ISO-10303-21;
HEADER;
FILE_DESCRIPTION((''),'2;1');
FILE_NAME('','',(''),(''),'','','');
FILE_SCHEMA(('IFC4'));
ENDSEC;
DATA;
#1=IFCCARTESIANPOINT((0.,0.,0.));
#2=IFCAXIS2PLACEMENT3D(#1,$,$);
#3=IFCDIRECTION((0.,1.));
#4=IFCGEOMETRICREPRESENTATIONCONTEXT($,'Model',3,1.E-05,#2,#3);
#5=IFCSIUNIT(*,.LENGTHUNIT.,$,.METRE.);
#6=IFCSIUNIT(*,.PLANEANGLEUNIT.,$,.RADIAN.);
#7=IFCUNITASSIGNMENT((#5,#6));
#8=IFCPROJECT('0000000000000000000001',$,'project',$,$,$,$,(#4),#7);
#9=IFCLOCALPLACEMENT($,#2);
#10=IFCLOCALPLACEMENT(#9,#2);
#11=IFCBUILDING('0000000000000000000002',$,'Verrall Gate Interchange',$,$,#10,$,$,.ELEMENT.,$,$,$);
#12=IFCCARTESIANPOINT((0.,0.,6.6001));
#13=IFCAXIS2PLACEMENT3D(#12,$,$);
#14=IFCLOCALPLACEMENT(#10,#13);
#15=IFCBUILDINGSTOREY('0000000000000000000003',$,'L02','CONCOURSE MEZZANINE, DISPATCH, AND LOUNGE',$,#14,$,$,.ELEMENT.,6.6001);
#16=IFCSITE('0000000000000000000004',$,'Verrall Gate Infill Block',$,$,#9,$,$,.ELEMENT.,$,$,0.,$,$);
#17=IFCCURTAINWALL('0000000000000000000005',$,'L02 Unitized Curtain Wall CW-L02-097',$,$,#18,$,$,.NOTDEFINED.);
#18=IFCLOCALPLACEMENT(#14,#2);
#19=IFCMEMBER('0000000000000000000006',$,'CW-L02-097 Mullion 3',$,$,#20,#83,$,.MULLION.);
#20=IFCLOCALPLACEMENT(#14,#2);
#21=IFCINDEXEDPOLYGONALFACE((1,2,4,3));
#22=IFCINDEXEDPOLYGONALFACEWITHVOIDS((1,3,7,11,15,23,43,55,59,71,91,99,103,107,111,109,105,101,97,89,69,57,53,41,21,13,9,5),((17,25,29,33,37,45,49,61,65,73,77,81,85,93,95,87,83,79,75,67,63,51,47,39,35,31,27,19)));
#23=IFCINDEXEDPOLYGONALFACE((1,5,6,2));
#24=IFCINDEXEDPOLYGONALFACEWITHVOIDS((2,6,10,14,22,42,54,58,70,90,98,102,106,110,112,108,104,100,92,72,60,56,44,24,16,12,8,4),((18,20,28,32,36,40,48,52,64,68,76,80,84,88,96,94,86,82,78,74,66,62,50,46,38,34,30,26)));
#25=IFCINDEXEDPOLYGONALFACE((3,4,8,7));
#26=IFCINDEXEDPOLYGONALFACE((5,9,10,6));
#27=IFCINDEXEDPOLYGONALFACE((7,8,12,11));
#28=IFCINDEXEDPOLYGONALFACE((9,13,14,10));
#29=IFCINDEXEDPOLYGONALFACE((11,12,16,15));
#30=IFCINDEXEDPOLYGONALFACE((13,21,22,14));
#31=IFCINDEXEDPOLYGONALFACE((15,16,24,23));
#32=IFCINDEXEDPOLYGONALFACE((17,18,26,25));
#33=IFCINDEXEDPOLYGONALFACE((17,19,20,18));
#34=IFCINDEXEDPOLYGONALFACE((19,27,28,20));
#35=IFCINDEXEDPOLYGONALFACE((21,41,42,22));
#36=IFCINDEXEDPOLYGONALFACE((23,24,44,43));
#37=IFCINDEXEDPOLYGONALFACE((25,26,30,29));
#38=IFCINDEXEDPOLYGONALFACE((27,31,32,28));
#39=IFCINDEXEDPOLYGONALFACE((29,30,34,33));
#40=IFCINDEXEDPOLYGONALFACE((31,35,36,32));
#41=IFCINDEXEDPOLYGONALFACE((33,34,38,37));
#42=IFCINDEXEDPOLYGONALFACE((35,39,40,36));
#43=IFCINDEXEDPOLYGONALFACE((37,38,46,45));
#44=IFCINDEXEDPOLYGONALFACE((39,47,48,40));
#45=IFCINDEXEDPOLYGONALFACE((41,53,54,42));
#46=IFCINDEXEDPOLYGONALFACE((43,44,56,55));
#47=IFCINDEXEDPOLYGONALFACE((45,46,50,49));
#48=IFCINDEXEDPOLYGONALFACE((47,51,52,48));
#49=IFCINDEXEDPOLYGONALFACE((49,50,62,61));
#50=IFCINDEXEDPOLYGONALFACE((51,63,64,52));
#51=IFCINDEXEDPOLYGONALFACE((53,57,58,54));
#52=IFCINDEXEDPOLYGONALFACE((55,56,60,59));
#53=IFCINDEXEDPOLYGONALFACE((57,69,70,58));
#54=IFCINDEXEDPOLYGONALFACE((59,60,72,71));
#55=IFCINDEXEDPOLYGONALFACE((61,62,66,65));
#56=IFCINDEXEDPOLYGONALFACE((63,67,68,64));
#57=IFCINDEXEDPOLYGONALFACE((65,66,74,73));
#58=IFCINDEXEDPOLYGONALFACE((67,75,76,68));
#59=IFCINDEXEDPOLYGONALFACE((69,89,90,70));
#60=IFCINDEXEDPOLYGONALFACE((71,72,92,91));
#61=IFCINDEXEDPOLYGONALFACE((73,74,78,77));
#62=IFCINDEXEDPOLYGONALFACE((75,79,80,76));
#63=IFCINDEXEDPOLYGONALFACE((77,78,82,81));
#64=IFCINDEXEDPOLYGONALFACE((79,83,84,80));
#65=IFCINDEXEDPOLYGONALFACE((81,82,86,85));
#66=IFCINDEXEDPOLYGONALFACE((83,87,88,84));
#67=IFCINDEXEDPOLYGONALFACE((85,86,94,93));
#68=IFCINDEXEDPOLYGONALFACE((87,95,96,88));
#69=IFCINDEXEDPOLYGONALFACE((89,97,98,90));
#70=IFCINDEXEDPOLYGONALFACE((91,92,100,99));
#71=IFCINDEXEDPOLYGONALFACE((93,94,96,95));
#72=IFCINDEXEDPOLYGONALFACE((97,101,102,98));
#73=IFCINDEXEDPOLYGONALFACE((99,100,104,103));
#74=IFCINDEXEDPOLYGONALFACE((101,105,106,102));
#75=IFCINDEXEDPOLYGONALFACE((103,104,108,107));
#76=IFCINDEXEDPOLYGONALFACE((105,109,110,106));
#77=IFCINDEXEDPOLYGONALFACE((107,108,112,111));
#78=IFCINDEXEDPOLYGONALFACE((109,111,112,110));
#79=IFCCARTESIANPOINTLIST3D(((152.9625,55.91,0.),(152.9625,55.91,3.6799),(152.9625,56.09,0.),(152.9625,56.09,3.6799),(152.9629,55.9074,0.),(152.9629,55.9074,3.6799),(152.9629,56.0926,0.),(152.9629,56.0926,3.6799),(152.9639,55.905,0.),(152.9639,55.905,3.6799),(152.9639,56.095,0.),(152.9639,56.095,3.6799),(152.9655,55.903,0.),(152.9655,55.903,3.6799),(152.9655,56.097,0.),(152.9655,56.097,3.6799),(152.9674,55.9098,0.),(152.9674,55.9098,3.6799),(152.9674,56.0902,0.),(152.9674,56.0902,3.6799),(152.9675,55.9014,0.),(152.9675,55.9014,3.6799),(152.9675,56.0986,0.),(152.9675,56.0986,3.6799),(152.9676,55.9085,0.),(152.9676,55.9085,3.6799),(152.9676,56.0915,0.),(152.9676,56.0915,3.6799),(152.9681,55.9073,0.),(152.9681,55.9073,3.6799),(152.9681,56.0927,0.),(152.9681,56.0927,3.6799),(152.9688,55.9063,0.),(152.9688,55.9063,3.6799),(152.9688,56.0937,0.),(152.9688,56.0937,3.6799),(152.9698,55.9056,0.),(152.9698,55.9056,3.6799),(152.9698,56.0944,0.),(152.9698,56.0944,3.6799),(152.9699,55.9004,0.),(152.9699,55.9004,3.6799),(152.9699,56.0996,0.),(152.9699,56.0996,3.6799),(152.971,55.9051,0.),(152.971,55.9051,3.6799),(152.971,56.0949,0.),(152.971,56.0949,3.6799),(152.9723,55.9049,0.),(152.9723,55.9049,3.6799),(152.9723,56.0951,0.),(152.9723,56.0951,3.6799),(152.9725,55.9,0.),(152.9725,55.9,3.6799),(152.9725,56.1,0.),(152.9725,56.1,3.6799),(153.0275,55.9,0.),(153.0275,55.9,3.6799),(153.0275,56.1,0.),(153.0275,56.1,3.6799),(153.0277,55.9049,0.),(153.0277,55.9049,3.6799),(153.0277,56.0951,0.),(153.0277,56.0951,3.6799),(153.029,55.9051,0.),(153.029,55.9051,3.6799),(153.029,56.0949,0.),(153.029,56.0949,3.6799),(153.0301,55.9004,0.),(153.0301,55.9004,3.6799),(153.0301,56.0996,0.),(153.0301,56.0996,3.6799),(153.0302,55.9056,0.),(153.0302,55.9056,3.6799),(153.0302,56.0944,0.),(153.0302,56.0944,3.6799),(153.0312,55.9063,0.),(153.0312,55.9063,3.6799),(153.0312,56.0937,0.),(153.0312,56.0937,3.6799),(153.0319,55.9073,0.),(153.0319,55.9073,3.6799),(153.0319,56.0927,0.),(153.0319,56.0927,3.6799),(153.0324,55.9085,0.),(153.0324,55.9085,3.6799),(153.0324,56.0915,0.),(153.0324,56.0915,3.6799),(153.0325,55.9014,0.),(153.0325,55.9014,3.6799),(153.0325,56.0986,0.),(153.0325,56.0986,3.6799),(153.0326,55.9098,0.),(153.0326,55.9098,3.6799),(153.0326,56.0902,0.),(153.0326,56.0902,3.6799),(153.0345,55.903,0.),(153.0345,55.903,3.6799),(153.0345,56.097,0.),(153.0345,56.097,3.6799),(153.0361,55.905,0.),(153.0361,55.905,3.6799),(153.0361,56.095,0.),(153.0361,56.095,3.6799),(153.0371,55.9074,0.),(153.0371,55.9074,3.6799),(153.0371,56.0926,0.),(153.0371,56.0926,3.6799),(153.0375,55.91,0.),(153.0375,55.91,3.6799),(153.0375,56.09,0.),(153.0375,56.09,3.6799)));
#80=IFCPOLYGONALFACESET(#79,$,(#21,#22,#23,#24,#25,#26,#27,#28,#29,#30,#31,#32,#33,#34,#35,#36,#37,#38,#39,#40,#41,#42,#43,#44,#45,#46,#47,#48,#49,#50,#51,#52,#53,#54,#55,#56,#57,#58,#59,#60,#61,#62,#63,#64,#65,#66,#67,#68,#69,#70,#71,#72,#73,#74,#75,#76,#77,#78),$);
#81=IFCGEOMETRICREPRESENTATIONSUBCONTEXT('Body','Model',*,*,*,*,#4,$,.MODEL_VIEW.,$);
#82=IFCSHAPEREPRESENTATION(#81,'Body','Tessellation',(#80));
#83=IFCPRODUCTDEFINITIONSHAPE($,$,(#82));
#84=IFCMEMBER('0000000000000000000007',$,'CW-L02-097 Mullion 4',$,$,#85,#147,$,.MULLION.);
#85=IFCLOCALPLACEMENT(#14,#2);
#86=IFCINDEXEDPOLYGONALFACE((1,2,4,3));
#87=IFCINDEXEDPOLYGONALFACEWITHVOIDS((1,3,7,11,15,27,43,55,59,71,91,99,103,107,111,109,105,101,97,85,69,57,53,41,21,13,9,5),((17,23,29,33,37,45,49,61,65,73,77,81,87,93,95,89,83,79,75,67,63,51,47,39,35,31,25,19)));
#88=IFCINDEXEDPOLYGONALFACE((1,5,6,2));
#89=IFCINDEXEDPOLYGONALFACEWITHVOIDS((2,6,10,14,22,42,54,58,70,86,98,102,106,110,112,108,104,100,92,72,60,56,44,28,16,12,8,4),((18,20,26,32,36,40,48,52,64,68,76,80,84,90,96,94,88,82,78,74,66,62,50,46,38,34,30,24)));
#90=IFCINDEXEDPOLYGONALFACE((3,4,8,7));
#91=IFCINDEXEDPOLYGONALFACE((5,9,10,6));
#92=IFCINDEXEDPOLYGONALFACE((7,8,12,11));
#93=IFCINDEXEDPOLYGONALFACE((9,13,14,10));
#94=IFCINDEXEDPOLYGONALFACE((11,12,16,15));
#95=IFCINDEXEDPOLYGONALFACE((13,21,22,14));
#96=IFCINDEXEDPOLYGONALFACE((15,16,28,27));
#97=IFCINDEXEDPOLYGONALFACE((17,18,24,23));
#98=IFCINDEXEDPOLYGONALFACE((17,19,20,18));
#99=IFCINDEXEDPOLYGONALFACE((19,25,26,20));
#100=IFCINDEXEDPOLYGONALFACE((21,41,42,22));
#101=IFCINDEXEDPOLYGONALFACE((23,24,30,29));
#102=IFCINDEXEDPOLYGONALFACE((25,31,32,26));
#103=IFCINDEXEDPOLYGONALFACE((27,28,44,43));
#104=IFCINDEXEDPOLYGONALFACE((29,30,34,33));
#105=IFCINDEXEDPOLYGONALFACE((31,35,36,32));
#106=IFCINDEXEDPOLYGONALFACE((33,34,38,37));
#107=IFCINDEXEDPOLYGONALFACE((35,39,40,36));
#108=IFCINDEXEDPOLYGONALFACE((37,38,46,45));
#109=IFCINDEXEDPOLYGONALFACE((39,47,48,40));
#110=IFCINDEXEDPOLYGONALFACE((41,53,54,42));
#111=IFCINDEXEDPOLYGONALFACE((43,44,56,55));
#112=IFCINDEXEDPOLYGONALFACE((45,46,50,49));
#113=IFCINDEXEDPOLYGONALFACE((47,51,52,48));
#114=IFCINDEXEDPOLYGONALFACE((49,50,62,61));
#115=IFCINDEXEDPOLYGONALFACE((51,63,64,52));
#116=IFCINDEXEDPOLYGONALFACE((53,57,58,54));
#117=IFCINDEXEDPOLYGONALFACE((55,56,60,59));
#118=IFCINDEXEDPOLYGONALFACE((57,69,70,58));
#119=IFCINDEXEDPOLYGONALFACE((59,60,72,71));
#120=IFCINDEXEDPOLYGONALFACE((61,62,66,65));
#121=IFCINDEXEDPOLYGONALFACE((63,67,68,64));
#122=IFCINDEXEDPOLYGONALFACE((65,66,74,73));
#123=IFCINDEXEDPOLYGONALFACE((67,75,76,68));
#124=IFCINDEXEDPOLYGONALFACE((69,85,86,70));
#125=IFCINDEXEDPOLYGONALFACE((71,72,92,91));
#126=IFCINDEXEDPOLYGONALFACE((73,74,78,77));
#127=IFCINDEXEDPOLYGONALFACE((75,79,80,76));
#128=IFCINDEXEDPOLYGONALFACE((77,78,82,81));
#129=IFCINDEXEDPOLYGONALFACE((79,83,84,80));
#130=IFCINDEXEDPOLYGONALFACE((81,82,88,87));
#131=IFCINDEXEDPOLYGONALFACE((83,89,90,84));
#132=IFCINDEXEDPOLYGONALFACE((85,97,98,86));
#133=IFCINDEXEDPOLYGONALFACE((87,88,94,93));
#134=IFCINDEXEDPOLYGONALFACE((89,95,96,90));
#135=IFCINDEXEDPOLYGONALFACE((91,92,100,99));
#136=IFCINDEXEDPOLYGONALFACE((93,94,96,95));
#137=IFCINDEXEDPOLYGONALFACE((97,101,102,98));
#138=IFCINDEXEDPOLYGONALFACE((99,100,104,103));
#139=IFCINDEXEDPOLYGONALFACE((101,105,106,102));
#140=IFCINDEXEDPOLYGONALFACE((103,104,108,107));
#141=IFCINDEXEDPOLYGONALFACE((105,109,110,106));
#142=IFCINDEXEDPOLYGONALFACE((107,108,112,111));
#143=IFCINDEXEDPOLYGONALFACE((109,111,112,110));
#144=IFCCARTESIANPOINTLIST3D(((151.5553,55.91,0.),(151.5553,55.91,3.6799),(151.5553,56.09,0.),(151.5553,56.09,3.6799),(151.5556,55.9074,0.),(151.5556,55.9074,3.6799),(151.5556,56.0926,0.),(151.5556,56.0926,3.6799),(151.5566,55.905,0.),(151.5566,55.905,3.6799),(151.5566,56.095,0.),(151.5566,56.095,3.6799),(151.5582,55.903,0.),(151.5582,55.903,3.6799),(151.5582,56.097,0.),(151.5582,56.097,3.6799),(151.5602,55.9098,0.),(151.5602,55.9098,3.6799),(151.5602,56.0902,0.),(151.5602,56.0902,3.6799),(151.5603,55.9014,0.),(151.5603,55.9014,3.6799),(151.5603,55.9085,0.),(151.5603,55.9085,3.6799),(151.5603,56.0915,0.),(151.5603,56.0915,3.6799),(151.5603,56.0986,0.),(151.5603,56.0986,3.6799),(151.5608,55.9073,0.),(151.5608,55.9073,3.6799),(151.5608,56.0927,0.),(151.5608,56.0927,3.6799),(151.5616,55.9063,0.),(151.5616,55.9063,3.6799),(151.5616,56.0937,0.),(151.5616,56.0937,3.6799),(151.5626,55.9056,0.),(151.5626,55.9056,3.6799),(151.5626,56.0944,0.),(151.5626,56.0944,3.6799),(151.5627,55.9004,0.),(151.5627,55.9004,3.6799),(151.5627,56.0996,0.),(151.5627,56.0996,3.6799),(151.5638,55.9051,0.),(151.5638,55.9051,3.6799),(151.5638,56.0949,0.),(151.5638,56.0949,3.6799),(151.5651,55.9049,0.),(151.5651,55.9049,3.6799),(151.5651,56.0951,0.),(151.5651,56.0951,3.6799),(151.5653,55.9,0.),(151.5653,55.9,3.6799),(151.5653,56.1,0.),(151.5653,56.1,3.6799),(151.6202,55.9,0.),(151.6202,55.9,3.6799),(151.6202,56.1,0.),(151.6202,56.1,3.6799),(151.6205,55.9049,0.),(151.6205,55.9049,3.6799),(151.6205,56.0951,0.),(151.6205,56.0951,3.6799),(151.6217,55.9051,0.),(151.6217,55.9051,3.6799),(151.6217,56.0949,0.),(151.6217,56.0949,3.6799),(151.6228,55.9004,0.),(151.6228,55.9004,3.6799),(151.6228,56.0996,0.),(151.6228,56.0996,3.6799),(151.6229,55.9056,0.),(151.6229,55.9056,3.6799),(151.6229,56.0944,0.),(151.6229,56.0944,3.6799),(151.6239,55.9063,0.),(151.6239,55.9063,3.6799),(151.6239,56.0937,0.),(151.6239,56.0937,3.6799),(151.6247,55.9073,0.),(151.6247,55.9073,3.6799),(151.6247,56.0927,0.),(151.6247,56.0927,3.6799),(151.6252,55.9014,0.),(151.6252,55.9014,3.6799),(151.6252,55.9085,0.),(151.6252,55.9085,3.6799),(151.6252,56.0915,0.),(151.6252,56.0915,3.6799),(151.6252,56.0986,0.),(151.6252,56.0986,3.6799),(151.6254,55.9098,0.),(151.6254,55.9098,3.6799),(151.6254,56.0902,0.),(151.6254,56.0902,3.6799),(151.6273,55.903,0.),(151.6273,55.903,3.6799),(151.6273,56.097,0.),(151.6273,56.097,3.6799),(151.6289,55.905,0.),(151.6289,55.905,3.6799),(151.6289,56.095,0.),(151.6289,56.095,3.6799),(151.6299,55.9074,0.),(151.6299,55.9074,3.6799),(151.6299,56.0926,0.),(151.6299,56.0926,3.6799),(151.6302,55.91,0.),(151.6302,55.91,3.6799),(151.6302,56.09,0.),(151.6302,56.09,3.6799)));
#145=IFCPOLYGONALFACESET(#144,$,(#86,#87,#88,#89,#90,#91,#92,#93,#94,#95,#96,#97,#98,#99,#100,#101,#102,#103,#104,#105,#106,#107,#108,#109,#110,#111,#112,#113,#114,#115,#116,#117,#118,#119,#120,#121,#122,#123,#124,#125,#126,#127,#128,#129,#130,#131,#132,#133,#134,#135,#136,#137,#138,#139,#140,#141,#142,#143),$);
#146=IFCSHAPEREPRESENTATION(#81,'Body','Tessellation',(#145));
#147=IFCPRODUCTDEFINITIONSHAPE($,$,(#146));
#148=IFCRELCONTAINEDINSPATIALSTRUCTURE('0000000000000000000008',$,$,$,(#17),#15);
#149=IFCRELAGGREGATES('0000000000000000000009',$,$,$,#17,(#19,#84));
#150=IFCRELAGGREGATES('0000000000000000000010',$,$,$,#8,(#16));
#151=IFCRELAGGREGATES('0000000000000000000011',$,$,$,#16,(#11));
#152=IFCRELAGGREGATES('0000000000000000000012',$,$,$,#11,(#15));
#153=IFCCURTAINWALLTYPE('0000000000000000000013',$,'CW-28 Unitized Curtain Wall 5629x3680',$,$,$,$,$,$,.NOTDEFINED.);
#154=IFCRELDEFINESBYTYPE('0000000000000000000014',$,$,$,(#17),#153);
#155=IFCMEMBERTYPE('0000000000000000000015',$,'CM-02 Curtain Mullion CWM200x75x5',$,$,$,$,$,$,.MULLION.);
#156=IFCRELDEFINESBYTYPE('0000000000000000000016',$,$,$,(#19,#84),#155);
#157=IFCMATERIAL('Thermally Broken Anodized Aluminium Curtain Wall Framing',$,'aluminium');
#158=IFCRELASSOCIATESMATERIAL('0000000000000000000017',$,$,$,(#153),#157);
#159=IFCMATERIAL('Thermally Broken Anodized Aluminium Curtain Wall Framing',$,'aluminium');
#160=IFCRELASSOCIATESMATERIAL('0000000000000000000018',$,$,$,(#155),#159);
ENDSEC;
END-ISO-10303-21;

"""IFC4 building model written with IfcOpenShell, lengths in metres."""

from ifc_helpers import new_model, si_unit, direction, frame, origin, origin_2d, place, context, subcontext, project, spatial, hollow_rectangle, extrude, material, material_profile, profile_set, type_object, element, aggregate, save


model = new_model("IFC4")

# Units and contexts
model_context = context("Model", 3, precision=1e-05, world=origin(), true_north=direction((0.0, 1.0)))
body_context = subcontext(model_context, "Body", "Model", "MODEL_VIEW")
ifc_project = project(units=[si_unit("LENGTHUNIT", "METRE"), si_unit("PLANEANGLEUNIT", "RADIAN")], contexts=[model_context])

# Site, building, storey
site_placement = place(None, origin())
site = spatial("IfcSite", under=ifc_project, at=site_placement, Name="Verrall Gate Infill Block", CompositionType="ELEMENT", RefElevation=0.0)
building_placement = place(site_placement, origin())
building = spatial("IfcBuilding", under=site, at=building_placement, Name="Verrall Gate Interchange", CompositionType="ELEMENT")
storey_placement = place(building_placement, frame((0.0, 0.0, 6.6001)))
storey = spatial("IfcBuildingStorey", under=building, at=storey_placement, Name="L02", Description="CONCOURSE MEZZANINE, DISPATCH, AND LOUNGE", CompositionType="ELEMENT", Elevation=6.6001)

# Curtain wall, members
ifc_material_1 = material(Name="Thermally Broken Anodized Aluminium Curtain Wall Framing", Category="aluminium")
curtain_wall_type = type_object("IfcCurtainWallType", Name="CW-28 Unitized Curtain Wall 5629x3680", PredefinedType="NOTDEFINED", material=ifc_material_1)
curtain_wall_1_placement = place(storey_placement, origin())
curtain_wall_1 = element("IfcCurtainWall", 1, at=curtain_wall_1_placement, inside=storey, type_object=curtain_wall_type, Name="L02 Unitized Curtain Wall CW-L02-097", PredefinedType="NOTDEFINED")
ifc_material_2 = material(Name="Thermally Broken Anodized Aluminium Curtain Wall Framing", Category="aluminium")
ifc_material_profile_1 = material_profile(ifc_material_2, hollow_rectangle(XDim=0.075, YDim=0.2, WallThickness=0.0049, InnerFilletRadius=0.0049, OuterFilletRadius=0.01, at=origin_2d()), Name="CWM200x75x5")
ifc_profile_set_1 = profile_set([ifc_material_profile_1], Name="Thermally Broken Anodized Aluminium Curtain Wall Framing")
member_type_1 = type_object("IfcMemberType", Name="CM-02 Curtain Mullion CWM200x75x5", PredefinedType="MULLION", material=ifc_profile_set_1)
member_1_placement = place(storey_placement, frame((153.0, 56.0, 0.0), z_axis=(0.0, 0.0, 1.0), x_axis=(-1.0, 0.0, 0.0)))
member_1 = element("IfcMember", 2, at=member_1_placement, type_object=member_type_1, Name="CW-L02-097 Mullion 3", PredefinedType="MULLION", context=body_context, shape_type="SweptSolid", body=[
    extrude(hollow_rectangle(XDim=0.075, YDim=0.2, WallThickness=0.0049, InnerFilletRadius=0.0049, OuterFilletRadius=0.01, at=origin_2d()), origin(), (0.0, 0.0, 1.0), 3.6799),
])
member_2_placement = place(storey_placement, frame((151.5928, 56.0, 0.0), z_axis=(0.0, 0.0, 1.0), x_axis=(-1.0, 0.0, 0.0)))
member_2 = element("IfcMember", 3, at=member_2_placement, type_object=member_type_1, Name="CW-L02-097 Mullion 4", PredefinedType="MULLION", context=body_context, shape_type="SweptSolid", body=[
    extrude(hollow_rectangle(XDim=0.075, YDim=0.2, WallThickness=0.0049, InnerFilletRadius=0.0049, OuterFilletRadius=0.01, at=origin_2d()), origin(), (0.0, 0.0, 1.0), 3.6799),
])

aggregate(curtain_wall_1, [member_1, member_2])

save(model, "model.ifc")
